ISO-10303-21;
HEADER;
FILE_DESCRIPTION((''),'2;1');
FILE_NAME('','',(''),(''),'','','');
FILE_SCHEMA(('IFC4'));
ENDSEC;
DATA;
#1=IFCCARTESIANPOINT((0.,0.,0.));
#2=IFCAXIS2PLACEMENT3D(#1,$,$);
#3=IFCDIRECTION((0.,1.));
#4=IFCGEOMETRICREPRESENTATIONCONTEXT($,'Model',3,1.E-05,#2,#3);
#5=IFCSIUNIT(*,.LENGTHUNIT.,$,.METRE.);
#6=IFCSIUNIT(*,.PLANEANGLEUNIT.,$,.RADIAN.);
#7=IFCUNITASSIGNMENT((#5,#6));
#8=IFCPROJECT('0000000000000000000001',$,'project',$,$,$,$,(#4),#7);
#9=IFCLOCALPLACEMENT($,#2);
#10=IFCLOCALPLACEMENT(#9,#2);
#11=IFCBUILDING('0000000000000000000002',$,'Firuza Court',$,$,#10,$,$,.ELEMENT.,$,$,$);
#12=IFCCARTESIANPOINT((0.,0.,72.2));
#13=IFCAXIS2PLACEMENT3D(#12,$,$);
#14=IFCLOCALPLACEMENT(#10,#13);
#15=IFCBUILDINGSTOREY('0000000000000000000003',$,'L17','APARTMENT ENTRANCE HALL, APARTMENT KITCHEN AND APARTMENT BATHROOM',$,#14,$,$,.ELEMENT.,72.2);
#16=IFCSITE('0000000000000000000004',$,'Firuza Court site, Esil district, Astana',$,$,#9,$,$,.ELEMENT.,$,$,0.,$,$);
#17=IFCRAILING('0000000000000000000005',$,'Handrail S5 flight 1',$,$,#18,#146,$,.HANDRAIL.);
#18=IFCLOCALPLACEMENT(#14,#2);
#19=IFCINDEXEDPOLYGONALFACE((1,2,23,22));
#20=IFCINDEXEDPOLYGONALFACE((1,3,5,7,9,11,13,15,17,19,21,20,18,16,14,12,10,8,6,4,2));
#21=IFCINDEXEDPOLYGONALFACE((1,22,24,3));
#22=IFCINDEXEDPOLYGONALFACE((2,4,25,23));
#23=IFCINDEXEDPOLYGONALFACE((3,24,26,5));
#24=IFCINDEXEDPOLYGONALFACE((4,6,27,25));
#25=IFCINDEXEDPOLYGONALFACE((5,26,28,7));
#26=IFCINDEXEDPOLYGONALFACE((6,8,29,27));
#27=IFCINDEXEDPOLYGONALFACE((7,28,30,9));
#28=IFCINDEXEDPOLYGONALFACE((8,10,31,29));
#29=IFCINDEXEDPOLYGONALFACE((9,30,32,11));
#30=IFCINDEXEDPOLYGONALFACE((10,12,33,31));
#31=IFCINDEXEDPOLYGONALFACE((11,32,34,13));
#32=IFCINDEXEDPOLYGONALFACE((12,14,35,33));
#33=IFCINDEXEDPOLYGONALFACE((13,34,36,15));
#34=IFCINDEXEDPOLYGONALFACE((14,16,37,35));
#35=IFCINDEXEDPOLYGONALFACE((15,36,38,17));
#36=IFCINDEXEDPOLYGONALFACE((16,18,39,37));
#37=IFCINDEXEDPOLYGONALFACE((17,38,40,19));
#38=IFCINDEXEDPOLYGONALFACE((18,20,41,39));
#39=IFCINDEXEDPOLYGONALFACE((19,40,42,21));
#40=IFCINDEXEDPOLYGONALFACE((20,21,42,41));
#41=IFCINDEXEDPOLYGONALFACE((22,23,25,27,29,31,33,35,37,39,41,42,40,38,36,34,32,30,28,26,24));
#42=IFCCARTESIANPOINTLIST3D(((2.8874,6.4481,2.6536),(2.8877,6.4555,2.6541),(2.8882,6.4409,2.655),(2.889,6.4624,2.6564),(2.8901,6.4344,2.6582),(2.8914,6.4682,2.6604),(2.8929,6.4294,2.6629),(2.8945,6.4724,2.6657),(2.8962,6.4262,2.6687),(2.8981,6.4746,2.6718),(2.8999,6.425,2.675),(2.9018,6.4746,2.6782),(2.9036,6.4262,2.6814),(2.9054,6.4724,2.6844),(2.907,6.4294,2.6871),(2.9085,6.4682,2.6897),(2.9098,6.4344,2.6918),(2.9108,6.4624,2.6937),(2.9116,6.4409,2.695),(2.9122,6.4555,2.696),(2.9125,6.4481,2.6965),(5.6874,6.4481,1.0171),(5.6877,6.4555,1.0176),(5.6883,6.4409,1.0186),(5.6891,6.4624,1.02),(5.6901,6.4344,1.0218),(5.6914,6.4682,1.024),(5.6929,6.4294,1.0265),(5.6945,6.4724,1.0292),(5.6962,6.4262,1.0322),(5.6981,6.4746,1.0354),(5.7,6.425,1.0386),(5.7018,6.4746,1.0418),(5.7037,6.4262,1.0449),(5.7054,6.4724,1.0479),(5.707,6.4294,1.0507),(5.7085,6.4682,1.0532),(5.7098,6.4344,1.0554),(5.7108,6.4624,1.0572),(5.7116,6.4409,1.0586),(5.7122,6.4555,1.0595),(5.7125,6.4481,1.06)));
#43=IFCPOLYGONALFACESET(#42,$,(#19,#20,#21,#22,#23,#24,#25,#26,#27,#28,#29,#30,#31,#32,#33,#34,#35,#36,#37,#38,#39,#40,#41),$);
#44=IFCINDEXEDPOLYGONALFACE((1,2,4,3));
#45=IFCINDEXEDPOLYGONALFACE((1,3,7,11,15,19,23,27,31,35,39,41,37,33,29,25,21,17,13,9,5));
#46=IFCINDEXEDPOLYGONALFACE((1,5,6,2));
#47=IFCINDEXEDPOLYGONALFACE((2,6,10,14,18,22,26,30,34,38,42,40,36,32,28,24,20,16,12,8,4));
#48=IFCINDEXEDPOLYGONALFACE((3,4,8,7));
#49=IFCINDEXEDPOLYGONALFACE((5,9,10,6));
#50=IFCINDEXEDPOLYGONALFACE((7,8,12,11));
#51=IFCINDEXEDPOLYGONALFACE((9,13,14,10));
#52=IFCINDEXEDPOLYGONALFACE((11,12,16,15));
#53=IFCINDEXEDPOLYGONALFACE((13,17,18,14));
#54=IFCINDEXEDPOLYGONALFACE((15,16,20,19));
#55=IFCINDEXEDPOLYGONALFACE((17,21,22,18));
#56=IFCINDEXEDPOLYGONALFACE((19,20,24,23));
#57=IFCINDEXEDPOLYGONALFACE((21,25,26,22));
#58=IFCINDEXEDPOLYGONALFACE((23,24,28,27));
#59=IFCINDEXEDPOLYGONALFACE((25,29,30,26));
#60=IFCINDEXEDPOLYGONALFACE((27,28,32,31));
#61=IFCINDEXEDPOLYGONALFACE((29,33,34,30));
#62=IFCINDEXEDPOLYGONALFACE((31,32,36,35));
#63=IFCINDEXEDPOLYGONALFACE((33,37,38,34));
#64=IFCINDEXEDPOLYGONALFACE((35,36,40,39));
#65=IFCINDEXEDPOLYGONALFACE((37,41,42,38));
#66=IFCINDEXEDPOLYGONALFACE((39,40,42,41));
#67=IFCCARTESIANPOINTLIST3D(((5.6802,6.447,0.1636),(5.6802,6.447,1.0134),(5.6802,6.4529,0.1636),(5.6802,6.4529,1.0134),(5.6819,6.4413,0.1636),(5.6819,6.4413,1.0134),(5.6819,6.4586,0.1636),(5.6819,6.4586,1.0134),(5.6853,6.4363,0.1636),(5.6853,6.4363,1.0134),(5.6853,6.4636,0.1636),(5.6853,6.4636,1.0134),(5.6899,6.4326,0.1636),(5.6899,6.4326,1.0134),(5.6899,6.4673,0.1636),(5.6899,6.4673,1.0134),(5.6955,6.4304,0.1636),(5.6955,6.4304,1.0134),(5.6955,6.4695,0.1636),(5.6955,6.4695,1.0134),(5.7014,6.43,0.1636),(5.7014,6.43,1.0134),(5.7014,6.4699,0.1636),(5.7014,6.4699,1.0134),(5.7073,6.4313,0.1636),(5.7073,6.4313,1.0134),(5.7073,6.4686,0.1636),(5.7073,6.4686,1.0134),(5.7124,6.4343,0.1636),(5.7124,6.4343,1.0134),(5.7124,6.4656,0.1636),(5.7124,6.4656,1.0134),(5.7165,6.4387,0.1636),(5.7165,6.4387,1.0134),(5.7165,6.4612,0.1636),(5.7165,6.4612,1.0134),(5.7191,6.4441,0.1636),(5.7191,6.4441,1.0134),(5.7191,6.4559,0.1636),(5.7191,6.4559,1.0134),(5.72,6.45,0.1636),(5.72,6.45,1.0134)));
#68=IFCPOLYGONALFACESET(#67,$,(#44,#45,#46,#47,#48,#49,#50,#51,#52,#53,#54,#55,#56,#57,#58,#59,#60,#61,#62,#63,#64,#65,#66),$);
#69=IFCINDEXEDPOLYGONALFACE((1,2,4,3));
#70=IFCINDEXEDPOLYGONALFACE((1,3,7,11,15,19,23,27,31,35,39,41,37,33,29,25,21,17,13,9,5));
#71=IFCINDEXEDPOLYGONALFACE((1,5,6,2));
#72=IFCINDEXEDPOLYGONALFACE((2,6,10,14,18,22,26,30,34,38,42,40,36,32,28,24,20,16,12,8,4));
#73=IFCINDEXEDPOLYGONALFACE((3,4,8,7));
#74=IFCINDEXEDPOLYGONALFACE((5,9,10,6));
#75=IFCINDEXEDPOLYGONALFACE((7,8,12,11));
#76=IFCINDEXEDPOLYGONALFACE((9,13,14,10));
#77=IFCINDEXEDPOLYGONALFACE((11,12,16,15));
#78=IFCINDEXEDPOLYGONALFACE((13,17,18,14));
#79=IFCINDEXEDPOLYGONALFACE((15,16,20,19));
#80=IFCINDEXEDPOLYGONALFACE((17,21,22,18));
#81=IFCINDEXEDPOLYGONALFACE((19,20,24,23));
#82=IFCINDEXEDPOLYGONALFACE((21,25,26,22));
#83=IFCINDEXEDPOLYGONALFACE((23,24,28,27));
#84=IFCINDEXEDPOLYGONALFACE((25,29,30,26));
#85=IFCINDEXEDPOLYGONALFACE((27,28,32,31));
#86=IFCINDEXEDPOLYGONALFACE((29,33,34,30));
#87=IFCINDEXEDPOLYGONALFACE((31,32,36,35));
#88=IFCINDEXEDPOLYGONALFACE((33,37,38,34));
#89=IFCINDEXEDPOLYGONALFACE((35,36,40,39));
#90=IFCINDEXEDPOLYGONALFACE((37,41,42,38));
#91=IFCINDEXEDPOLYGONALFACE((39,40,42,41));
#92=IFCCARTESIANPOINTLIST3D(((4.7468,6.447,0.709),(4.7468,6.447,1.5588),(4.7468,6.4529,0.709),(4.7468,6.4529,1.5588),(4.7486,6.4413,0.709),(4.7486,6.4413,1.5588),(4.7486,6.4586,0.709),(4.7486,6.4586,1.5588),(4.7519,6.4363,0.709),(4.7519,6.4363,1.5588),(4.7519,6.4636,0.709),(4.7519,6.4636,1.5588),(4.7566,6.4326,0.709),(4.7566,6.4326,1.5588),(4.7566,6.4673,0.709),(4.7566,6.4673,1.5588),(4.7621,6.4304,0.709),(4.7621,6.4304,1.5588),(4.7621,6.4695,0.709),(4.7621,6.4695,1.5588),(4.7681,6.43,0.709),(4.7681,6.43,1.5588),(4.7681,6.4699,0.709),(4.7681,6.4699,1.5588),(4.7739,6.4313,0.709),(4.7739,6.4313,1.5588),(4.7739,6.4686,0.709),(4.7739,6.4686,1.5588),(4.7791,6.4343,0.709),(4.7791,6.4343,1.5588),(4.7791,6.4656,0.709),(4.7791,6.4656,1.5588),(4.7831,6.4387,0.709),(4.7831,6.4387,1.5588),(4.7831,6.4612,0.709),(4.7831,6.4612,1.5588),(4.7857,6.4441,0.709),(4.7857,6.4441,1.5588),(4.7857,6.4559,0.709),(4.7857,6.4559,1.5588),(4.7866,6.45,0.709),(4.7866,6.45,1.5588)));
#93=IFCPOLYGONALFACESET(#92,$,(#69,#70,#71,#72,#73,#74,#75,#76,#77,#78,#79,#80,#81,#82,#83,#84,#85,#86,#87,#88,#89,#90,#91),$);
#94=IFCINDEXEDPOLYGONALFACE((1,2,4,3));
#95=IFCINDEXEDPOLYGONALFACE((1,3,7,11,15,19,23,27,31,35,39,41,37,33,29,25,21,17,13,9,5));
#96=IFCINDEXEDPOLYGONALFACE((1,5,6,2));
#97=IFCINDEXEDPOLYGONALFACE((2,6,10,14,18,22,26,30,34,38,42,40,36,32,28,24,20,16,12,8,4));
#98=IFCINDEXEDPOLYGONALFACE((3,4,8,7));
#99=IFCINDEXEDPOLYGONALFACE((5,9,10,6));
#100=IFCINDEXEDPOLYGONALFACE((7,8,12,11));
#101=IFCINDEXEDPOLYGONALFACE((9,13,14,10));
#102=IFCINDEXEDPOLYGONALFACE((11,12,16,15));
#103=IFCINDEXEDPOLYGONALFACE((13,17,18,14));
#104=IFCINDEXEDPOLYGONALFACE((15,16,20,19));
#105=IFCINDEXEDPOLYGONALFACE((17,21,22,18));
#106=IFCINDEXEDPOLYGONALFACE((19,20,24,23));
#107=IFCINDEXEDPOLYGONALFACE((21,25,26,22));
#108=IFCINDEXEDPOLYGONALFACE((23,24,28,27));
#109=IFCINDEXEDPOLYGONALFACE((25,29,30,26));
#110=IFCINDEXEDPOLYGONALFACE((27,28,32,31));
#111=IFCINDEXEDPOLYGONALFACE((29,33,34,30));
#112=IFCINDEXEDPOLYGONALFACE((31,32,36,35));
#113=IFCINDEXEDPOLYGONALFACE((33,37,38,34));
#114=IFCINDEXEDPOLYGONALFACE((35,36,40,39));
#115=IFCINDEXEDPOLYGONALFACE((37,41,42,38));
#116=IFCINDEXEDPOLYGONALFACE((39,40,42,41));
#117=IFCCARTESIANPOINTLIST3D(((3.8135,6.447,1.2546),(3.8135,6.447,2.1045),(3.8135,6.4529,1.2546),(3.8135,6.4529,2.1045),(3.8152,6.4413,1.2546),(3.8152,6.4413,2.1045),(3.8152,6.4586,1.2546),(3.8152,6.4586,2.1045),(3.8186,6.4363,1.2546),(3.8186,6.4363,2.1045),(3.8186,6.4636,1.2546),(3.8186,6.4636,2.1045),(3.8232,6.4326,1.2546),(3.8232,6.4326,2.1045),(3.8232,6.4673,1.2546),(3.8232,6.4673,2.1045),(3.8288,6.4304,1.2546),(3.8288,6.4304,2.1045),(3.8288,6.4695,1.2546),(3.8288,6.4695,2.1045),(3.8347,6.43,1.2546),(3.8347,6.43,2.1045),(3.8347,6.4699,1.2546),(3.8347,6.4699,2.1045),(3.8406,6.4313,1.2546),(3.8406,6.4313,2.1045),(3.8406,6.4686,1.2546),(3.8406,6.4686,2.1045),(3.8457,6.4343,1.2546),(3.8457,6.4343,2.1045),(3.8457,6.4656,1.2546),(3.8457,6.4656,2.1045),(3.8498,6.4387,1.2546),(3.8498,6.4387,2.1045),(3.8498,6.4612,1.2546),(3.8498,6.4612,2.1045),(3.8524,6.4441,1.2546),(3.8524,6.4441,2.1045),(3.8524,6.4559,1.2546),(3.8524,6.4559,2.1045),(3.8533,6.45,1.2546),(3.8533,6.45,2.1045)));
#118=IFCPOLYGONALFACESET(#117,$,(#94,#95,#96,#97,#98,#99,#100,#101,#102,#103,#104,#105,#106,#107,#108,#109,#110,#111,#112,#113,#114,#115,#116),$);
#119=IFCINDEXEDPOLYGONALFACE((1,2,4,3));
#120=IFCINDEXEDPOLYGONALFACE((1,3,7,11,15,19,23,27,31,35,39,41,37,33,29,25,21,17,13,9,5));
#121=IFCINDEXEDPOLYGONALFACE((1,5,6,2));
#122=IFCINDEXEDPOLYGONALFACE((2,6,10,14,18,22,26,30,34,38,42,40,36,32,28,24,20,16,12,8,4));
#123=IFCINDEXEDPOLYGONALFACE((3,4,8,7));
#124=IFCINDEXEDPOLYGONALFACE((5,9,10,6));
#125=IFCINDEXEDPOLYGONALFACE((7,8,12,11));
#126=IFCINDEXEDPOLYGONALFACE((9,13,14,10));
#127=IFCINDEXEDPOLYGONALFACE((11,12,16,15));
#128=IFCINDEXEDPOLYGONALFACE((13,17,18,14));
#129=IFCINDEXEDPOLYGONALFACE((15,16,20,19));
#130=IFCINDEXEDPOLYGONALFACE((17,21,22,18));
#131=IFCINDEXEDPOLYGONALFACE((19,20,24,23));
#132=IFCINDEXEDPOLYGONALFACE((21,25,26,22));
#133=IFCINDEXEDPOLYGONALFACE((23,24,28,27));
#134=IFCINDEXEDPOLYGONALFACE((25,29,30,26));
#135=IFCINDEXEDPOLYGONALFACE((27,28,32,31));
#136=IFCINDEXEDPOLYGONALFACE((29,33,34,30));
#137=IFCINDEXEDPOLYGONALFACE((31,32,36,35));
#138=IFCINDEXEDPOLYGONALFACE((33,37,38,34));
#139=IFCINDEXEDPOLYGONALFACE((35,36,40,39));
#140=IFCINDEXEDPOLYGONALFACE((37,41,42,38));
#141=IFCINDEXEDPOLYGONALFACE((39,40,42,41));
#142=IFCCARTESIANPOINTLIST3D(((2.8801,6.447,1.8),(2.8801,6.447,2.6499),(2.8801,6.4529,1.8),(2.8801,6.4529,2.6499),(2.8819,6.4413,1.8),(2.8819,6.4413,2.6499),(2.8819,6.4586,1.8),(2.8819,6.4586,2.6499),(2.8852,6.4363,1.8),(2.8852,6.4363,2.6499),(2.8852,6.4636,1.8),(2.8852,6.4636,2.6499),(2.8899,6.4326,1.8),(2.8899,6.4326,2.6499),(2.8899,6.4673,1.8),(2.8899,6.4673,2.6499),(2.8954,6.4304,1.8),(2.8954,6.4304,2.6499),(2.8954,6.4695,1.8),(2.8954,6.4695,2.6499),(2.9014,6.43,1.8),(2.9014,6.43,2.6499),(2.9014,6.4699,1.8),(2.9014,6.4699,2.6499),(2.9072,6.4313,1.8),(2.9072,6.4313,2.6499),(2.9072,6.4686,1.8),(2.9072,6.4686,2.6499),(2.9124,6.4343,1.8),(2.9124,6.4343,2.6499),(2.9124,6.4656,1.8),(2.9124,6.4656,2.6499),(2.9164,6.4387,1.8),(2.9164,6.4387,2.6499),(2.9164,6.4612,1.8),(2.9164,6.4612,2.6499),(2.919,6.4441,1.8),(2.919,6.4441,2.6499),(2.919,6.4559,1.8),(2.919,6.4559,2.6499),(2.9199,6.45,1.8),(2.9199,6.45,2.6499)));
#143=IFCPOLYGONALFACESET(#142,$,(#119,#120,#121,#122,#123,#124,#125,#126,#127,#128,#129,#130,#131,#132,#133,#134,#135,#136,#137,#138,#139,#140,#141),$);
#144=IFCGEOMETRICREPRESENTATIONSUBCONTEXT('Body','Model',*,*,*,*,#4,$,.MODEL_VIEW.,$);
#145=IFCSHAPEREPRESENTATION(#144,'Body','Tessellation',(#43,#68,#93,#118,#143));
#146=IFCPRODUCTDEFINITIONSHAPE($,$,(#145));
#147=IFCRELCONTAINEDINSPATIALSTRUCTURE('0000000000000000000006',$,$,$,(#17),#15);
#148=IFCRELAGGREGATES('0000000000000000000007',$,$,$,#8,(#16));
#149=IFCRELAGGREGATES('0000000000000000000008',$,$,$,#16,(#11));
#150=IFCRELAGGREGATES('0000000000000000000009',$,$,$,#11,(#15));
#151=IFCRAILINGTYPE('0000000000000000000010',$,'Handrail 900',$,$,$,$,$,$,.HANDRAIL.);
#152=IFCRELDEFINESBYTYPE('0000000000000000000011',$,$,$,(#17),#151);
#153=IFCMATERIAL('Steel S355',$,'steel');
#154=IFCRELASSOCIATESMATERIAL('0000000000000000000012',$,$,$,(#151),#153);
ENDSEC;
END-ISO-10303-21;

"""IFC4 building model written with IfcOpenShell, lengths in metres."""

from ifc_helpers import new_model, si_unit, direction, frame, origin, origin_2d, place, context, subcontext, project, spatial, circle, extrude, material, type_object, element, save


model = new_model("IFC4")

# Units and contexts
model_context = context("Model", 3, precision=1e-05, world=origin(), true_north=direction((0.0, 1.0)))
body_context = subcontext(model_context, "Body", "Model", "MODEL_VIEW")
ifc_project = project(units=[si_unit("LENGTHUNIT", "METRE"), si_unit("PLANEANGLEUNIT", "RADIAN")], contexts=[model_context])

# Site, building, storey
site_placement = place(None, origin())
site = spatial("IfcSite", under=ifc_project, at=site_placement, Name="Firuza Court site, Esil district, Astana", CompositionType="ELEMENT", RefElevation=0.0)
building_placement = place(site_placement, origin())
building = spatial("IfcBuilding", under=site, at=building_placement, Name="Firuza Court", CompositionType="ELEMENT")
storey_placement = place(building_placement, frame((0.0, 0.0, 72.2)))
storey = spatial("IfcBuildingStorey", under=building, at=storey_placement, Name="L17", Description="APARTMENT ENTRANCE HALL, APARTMENT KITCHEN AND APARTMENT BATHROOM", CompositionType="ELEMENT", Elevation=72.2)

# Railing
ifc_material_1 = material(Name="Steel S355", Category="steel")
railing_type_1 = type_object("IfcRailingType", Name="Handrail 900", PredefinedType="HANDRAIL", material=ifc_material_1)
railing_1_placement = place(storey_placement, frame((5.7, 6.45, 0.1636)))
element("IfcRailing", 1, at=railing_1_placement, inside=storey, type_object=railing_type_1, Name="Handrail S5 flight 1", PredefinedType="HANDRAIL", context=body_context, shape_type="SweptSolid", body=[
    extrude(circle(Radius=0.0249, at=origin_2d()), frame((0.0, 0.0, 0.875), z_axis=(-0.863361, 0.0, 0.504587), x_axis=(0.0, -1.0, 0.0)), (0.0, 0.0, 1.0), 3.2432),
    extrude(circle(Radius=0.02, at=origin_2d()), origin(), (0.0, 0.0, 1.0), 0.8499),
    extrude(circle(Radius=0.02, at=origin_2d()), frame((-0.9333, 0.0, 0.5454)), (0.0, 0.0, 1.0), 0.8499),
    extrude(circle(Radius=0.02, at=origin_2d()), frame((-1.8667, 0.0, 1.0911)), (0.0, 0.0, 1.0), 0.8499),
    extrude(circle(Radius=0.02, at=origin_2d()), frame((-2.8, 0.0, 1.6365)), (0.0, 0.0, 1.0), 0.8499),
])

save(model, "model.ifc")
